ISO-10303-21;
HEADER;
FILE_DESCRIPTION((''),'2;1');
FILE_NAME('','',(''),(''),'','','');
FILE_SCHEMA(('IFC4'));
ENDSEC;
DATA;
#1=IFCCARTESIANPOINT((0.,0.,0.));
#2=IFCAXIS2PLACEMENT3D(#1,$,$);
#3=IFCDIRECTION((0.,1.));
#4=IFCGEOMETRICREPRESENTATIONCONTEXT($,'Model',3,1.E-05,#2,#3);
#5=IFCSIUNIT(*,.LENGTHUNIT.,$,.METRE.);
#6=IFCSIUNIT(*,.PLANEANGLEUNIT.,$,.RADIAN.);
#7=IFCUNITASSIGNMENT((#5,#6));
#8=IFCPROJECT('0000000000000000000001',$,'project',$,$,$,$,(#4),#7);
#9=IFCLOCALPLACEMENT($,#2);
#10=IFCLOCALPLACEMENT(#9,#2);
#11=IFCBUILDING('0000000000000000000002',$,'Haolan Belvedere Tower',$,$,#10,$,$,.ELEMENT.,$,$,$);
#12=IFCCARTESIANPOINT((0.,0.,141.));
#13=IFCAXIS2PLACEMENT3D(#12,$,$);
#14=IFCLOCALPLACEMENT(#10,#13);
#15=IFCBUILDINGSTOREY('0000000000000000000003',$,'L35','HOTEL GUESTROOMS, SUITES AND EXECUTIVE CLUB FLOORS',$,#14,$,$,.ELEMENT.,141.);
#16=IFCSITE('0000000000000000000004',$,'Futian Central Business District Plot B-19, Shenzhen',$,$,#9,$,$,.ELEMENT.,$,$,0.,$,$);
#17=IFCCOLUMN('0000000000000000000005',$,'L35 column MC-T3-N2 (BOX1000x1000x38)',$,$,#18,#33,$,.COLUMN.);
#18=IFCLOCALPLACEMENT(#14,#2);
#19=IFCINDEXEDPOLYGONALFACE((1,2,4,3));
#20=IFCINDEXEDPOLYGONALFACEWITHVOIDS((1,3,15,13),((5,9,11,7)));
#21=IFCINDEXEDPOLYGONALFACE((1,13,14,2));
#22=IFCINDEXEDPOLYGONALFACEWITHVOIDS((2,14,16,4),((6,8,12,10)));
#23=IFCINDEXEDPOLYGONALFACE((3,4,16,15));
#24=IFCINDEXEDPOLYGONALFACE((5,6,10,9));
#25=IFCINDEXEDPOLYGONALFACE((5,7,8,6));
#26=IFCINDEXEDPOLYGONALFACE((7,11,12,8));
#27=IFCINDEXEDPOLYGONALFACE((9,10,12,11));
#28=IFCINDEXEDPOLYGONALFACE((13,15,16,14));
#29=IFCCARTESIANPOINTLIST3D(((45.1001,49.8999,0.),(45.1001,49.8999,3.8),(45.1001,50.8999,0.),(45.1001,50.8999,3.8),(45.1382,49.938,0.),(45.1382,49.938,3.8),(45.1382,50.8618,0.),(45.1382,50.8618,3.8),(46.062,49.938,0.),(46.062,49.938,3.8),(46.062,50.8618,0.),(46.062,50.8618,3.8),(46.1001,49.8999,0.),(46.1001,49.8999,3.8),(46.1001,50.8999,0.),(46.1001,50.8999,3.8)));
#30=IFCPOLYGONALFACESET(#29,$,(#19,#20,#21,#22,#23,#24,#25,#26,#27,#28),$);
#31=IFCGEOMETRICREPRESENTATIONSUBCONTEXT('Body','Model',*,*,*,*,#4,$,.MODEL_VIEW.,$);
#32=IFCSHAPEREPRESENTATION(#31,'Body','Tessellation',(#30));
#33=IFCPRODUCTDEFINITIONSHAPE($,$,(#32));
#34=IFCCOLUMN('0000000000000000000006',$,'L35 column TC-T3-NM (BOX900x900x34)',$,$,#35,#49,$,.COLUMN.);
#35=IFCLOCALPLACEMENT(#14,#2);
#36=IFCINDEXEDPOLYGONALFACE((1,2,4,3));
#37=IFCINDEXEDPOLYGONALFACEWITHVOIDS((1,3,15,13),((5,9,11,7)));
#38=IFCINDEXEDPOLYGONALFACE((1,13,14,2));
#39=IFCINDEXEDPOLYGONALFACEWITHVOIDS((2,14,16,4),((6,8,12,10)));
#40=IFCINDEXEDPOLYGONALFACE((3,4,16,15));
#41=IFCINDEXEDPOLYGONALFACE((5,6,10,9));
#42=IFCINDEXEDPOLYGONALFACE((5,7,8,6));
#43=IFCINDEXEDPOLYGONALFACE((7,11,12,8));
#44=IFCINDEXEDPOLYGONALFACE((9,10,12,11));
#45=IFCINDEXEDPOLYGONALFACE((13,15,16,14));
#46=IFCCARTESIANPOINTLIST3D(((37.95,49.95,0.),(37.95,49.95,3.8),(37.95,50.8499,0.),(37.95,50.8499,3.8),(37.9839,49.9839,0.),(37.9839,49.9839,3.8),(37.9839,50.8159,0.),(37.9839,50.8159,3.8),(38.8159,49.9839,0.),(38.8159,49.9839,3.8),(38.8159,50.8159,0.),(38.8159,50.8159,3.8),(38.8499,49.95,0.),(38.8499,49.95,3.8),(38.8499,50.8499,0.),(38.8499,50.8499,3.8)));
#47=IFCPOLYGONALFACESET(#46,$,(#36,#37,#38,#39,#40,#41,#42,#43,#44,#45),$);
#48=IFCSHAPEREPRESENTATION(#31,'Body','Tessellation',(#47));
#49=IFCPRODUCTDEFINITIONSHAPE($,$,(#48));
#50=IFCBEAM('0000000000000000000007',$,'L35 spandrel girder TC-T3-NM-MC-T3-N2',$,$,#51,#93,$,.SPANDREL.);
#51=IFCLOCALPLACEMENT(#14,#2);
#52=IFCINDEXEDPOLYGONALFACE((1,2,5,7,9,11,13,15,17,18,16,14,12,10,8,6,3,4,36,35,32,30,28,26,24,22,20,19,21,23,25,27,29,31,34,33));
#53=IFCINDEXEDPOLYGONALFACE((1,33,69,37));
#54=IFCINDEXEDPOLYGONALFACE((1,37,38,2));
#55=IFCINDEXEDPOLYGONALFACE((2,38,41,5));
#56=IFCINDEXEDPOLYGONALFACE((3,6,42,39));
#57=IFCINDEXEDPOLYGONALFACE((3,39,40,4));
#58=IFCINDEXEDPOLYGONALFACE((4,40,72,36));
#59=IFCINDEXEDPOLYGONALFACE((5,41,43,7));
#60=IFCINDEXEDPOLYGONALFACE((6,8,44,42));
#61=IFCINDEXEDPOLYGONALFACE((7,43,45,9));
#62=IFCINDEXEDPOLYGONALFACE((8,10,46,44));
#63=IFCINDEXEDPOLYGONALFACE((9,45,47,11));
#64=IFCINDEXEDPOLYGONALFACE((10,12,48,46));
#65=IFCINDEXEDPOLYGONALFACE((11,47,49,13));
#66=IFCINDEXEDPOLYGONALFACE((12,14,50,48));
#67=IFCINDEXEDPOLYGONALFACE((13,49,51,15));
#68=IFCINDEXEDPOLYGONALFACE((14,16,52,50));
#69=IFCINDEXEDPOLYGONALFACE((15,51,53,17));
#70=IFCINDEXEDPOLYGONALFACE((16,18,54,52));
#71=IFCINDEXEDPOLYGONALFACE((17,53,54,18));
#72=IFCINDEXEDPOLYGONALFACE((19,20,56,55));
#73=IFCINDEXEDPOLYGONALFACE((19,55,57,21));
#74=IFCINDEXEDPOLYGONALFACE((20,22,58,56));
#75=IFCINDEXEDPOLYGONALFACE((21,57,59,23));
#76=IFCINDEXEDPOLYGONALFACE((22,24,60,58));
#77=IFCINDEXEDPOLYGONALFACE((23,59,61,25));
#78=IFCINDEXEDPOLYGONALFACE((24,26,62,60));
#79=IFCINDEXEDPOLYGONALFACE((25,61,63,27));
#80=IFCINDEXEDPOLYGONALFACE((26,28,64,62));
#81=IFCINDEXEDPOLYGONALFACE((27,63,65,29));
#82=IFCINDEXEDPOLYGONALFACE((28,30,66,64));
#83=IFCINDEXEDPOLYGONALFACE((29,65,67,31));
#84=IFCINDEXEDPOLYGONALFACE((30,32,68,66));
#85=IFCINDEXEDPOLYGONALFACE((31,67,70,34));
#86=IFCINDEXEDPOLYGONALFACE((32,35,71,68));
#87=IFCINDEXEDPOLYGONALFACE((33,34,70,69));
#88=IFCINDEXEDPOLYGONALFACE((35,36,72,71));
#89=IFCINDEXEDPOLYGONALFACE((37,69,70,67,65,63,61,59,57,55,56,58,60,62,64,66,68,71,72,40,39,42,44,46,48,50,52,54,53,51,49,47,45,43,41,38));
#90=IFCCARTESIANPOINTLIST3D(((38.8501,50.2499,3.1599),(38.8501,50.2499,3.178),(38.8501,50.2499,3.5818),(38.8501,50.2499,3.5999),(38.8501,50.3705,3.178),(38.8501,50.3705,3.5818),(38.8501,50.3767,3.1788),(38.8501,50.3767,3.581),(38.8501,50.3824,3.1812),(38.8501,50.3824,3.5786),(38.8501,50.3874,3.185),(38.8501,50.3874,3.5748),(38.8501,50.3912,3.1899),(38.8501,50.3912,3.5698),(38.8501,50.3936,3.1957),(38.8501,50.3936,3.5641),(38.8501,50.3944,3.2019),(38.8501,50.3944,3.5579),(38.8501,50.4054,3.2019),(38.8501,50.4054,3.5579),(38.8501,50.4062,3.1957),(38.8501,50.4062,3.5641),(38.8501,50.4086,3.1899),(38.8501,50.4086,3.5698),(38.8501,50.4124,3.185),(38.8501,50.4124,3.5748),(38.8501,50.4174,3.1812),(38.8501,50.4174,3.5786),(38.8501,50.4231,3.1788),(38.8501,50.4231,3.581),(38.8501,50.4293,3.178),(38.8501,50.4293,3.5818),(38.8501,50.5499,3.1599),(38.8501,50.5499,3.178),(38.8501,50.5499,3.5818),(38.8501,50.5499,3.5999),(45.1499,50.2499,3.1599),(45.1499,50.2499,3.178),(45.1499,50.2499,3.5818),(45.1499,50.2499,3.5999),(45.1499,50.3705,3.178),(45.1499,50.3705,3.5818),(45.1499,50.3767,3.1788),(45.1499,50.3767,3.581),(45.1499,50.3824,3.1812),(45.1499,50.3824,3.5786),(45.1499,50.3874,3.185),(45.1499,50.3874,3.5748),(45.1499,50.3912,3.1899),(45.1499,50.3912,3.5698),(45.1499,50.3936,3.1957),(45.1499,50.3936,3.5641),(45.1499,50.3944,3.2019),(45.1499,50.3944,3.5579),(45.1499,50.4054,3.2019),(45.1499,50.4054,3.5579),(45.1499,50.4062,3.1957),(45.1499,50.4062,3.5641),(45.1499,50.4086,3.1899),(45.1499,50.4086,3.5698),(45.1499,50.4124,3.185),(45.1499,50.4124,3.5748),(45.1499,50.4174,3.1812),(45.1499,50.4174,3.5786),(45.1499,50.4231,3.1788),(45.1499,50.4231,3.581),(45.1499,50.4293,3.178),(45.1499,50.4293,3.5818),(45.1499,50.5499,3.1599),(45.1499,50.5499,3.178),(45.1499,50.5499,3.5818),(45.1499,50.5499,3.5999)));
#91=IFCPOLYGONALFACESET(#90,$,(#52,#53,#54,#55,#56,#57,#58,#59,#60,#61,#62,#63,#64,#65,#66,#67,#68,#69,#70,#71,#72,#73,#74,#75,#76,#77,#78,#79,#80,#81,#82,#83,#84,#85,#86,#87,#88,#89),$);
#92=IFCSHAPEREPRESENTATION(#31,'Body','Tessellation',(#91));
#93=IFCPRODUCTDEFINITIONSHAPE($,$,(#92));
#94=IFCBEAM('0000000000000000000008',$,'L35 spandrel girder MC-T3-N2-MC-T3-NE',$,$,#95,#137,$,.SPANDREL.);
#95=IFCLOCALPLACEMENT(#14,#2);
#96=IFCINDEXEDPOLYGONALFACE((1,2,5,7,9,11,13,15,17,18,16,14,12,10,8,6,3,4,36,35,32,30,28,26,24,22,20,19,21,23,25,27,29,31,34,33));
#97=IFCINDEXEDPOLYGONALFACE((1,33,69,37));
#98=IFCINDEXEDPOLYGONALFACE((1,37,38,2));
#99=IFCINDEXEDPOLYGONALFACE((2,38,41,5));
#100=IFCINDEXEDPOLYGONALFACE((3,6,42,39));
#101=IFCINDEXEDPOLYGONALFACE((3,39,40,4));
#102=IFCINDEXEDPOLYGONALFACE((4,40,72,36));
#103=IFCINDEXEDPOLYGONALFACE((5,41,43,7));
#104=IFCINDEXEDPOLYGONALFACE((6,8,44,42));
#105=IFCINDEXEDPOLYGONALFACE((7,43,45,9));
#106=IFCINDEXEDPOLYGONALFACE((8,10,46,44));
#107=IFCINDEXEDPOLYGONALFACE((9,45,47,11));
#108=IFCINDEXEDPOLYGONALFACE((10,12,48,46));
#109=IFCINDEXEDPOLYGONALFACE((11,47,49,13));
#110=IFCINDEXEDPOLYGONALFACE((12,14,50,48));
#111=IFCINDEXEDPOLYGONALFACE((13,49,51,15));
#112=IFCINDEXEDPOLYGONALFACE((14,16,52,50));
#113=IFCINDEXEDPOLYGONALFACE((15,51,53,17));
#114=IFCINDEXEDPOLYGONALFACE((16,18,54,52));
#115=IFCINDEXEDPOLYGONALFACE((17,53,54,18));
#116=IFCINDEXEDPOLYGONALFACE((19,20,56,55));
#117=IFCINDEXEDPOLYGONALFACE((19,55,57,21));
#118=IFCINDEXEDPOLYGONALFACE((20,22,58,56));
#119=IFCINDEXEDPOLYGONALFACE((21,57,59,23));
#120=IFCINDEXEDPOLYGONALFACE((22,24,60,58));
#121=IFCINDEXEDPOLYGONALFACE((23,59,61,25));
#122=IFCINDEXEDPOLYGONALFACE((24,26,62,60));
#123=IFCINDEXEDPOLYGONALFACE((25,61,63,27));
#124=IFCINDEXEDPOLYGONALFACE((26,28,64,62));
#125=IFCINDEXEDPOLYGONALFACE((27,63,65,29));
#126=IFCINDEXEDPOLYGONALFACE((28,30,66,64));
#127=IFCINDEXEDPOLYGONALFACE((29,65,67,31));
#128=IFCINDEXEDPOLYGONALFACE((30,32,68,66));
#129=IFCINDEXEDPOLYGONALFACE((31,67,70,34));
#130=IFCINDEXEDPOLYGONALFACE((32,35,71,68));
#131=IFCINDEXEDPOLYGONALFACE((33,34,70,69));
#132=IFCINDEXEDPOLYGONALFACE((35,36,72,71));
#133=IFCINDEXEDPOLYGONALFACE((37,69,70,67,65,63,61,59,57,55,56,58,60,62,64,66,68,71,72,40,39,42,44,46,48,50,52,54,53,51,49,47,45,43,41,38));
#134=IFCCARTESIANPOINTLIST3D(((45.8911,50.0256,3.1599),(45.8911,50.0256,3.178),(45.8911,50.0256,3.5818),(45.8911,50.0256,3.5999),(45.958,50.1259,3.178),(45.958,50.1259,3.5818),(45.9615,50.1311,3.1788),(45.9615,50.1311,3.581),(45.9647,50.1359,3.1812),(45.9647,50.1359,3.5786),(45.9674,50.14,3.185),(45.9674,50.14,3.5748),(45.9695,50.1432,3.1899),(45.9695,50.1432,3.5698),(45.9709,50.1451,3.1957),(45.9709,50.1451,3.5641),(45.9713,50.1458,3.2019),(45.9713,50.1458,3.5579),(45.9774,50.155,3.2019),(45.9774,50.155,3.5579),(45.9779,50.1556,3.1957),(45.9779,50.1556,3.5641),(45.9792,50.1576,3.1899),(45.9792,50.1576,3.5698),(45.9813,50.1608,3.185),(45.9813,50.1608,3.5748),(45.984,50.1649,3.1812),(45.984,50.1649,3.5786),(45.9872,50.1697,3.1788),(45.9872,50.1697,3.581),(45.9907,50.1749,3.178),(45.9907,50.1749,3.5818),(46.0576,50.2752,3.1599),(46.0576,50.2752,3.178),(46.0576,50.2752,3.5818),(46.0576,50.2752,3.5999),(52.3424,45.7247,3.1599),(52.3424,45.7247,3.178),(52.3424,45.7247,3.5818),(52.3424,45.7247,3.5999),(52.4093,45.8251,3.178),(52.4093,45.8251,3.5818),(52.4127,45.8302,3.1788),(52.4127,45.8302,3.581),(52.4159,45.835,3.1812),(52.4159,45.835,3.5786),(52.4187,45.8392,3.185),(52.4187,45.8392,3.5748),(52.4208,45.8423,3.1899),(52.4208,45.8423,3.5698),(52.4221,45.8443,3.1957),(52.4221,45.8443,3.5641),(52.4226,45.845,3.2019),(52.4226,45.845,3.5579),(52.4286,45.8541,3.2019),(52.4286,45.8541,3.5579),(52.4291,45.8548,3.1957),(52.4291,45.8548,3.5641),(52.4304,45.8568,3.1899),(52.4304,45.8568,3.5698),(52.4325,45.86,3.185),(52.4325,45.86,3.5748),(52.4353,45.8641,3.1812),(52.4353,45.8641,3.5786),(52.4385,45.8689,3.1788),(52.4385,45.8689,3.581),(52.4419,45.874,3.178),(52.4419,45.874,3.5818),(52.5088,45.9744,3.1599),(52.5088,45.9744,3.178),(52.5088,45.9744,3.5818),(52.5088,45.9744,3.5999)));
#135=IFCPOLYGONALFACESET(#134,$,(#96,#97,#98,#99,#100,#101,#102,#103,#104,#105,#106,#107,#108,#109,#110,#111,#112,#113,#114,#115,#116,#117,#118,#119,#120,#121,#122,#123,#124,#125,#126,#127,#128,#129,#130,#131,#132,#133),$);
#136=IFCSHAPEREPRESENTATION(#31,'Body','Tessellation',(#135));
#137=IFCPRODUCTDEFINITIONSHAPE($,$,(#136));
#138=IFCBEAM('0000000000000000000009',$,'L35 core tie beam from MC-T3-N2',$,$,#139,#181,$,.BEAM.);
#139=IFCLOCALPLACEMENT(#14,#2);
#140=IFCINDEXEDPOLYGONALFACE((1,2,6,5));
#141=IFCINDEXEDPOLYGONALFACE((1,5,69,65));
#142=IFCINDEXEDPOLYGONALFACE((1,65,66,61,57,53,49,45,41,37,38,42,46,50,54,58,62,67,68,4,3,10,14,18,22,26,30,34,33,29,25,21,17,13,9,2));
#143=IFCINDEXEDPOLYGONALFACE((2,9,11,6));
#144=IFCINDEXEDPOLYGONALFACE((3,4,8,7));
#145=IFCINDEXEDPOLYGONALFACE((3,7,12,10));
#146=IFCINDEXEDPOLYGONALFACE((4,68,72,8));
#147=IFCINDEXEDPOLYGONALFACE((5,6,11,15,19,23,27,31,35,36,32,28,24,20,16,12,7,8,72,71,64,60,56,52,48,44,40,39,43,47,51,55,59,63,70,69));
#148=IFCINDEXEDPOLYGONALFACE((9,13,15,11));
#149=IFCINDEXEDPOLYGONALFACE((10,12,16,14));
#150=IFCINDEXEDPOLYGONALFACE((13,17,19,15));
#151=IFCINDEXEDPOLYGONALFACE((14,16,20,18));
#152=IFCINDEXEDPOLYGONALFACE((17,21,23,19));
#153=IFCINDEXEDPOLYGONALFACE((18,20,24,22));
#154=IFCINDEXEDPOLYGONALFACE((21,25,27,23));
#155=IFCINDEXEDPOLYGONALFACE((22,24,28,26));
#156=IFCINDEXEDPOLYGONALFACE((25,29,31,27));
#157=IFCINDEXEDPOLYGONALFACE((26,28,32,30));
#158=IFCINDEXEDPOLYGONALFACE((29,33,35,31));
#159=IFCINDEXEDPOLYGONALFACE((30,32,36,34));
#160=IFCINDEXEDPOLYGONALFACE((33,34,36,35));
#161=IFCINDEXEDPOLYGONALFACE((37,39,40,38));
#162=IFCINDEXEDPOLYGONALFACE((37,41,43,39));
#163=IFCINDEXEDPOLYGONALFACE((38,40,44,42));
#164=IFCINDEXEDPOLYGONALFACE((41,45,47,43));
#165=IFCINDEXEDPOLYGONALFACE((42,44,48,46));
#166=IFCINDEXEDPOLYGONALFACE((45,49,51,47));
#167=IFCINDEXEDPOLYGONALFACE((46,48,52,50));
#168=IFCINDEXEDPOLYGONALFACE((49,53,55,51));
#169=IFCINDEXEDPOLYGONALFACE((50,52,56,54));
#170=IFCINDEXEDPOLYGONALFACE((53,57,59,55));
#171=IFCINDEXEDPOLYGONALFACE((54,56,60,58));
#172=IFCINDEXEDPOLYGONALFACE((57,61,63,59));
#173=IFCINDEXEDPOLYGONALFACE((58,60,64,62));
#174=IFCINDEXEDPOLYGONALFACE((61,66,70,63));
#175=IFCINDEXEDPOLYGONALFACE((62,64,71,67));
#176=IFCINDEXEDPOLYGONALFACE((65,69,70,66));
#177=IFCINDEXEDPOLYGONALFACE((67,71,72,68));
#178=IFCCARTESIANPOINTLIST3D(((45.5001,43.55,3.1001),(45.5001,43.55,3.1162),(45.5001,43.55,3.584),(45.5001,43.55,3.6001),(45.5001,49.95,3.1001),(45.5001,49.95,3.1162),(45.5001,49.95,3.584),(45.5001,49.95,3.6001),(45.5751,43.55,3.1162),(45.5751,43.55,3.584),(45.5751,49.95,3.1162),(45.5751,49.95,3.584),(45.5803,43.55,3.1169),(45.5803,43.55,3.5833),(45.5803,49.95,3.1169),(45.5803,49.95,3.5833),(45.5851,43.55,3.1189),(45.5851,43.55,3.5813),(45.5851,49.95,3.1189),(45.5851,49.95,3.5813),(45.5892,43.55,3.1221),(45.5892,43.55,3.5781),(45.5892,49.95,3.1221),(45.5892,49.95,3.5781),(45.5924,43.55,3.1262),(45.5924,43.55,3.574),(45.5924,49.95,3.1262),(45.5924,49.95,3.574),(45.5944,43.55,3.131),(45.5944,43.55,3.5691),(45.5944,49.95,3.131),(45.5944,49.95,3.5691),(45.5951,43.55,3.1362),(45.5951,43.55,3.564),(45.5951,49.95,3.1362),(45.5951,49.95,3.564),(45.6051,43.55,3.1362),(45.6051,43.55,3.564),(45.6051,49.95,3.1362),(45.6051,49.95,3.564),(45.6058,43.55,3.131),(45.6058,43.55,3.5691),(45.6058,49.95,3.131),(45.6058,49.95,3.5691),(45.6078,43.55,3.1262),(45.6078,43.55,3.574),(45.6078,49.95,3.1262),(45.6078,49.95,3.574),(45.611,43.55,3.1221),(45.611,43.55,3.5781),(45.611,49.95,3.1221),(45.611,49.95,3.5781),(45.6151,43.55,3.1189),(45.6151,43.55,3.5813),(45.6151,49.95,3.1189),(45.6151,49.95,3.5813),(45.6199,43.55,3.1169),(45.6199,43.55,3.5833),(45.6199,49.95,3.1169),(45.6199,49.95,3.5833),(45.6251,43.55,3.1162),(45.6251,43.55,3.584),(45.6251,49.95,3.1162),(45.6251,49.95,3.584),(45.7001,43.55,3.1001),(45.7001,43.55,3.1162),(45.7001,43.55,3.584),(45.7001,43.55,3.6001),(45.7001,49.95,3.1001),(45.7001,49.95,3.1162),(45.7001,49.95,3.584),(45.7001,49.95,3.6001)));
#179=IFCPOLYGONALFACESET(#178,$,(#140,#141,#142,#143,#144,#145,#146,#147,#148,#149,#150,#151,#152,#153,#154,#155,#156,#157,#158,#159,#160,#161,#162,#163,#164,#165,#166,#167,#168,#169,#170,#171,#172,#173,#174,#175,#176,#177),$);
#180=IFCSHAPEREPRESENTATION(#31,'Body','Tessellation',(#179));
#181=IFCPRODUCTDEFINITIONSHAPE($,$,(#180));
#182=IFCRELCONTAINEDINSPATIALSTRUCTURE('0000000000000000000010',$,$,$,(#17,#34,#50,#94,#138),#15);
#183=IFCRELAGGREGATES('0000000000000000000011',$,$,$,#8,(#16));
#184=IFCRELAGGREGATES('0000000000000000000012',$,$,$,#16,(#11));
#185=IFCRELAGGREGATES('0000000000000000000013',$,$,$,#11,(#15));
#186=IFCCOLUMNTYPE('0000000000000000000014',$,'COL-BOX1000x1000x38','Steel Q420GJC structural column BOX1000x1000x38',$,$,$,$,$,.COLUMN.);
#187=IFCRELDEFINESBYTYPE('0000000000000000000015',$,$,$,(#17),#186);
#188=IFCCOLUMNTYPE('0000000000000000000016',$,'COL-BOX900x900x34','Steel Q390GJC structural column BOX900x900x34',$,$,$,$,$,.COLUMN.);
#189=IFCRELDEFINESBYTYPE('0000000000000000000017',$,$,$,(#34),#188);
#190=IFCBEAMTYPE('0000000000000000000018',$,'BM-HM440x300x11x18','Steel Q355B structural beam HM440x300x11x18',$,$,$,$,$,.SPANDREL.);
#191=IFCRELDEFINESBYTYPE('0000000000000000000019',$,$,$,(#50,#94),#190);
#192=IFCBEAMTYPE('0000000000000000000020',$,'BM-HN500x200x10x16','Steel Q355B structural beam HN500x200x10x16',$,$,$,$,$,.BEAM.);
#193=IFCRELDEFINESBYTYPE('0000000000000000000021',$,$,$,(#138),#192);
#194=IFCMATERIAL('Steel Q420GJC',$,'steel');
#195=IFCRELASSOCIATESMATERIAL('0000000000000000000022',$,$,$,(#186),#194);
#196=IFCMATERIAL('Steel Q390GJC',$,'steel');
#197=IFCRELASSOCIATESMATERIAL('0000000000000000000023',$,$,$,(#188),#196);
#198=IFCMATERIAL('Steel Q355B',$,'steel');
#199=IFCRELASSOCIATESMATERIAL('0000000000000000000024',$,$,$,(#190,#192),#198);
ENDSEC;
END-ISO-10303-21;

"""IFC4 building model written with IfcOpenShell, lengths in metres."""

from ifc_helpers import new_model, si_unit, direction, frame, origin, origin_2d, place, context, subcontext, project, spatial, hollow_rectangle, i_section, extrude, material, material_profile, profile_set, type_object, element, save


model = new_model("IFC4")

# Units and contexts
model_context = context("Model", 3, precision=1e-05, world=origin(), true_north=direction((0.0, 1.0)))
body_context = subcontext(model_context, "Body", "Model", "MODEL_VIEW")
ifc_project = project(units=[si_unit("LENGTHUNIT", "METRE"), si_unit("PLANEANGLEUNIT", "RADIAN")], contexts=[model_context])

# Site, building, storey
site_placement = place(None, origin())
site = spatial("IfcSite", under=ifc_project, at=site_placement, Name="Futian Central Business District Plot B-19, Shenzhen", CompositionType="ELEMENT", RefElevation=0.0)
building_placement = place(site_placement, origin())
building = spatial("IfcBuilding", under=site, at=building_placement, Name="Haolan Belvedere Tower", CompositionType="ELEMENT")
storey_placement = place(building_placement, frame((0.0, 0.0, 141.0)))
storey = spatial("IfcBuildingStorey", under=building, at=storey_placement, Name="L35", Description="HOTEL GUESTROOMS, SUITES AND EXECUTIVE CLUB FLOORS", CompositionType="ELEMENT", Elevation=141.0)

# Columns
ifc_material_1 = material(Name="Steel Q420GJC", Category="steel")
ifc_material_profile_1 = material_profile(ifc_material_1, hollow_rectangle(XDim=1.0, YDim=1.0, WallThickness=0.0381, at=origin_2d()), Name="Steel Q420GJC")
ifc_profile_set_1 = profile_set([ifc_material_profile_1], Name="Steel Q420GJC")
column_type_1 = type_object("IfcColumnType", Name="COL-BOX1000x1000x38", Description="Steel Q420GJC structural column BOX1000x1000x38", PredefinedType="COLUMN", material=ifc_profile_set_1)
column_1_placement = place(storey_placement, frame((45.6001, 50.3999, 0.0), z_axis=(0.0, 0.0, 1.0), x_axis=(1.0, 0.0, 0.0)))
element("IfcColumn", 1, at=column_1_placement, inside=storey, type_object=column_type_1, Name="L35 column MC-T3-N2 (BOX1000x1000x38)", PredefinedType="COLUMN", context=body_context, shape_type="SweptSolid", body=[
    extrude(hollow_rectangle(XDim=1.0, YDim=1.0, WallThickness=0.0381, at=origin_2d()), origin(), (0.0, 0.0, 1.0), 3.8),
])
ifc_material_2 = material(Name="Steel Q390GJC", Category="steel")
ifc_material_profile_2 = material_profile(ifc_material_2, hollow_rectangle(XDim=0.8999, YDim=0.8999, WallThickness=0.0339, at=origin_2d()), Name="Steel Q390GJC")
ifc_profile_set_2 = profile_set([ifc_material_profile_2], Name="Steel Q390GJC")
column_type_2 = type_object("IfcColumnType", Name="COL-BOX900x900x34", Description="Steel Q390GJC structural column BOX900x900x34", PredefinedType="COLUMN", material=ifc_profile_set_2)
column_2_placement = place(storey_placement, frame((38.3999, 50.3999, 0.0), z_axis=(0.0, 0.0, 1.0), x_axis=(1.0, 0.0, 0.0)))
element("IfcColumn", 2, at=column_2_placement, inside=storey, type_object=column_type_2, Name="L35 column TC-T3-NM (BOX900x900x34)", PredefinedType="COLUMN", context=body_context, shape_type="SweptSolid", body=[
    extrude(hollow_rectangle(XDim=0.8999, YDim=0.8999, WallThickness=0.0339, at=origin_2d()), origin(), (0.0, 0.0, 1.0), 3.8),
])

# Beams
ifc_material_3 = material(Name="Steel Q355B", Category="steel")
ifc_material_profile_3 = material_profile(ifc_material_3, i_section(OverallWidth=0.3, OverallDepth=0.4399, WebThickness=0.011, FlangeThickness=0.0181, FilletRadius=0.0239, at=origin_2d()), Name="Steel Q355B")
ifc_profile_set_3 = profile_set([ifc_material_profile_3], Name="Steel Q355B")
beam_type_1 = type_object("IfcBeamType", Name="BM-HM440x300x11x18", Description="Steel Q355B structural beam HM440x300x11x18", PredefinedType="SPANDREL", material=ifc_profile_set_3)
beam_1_placement = place(storey_placement, frame((38.8501, 50.3999, 3.3799), z_axis=(1.0, 0.0, 0.0), x_axis=(0.0, 1.0, 0.0)))
element("IfcBeam", 3, at=beam_1_placement, inside=storey, type_object=beam_type_1, Name="L35 spandrel girder TC-T3-NM-MC-T3-N2", PredefinedType="SPANDREL", context=body_context, shape_type="SweptSolid", body=[
    extrude(i_section(OverallWidth=0.3, OverallDepth=0.4399, WebThickness=0.011, FlangeThickness=0.0181, FilletRadius=0.0239, at=origin_2d()), origin(), (0.0, 0.0, 1.0), 6.2998),
])
beam_2_placement = place(storey_placement, frame((45.9744, 50.1504, 3.3799), z_axis=(0.83205, -0.5547, 0.0), x_axis=(0.5547, 0.83205, 0.0)))
element("IfcBeam", 4, at=beam_2_placement, inside=storey, type_object=beam_type_1, Name="L35 spandrel girder MC-T3-N2-MC-T3-NE", PredefinedType="SPANDREL", context=body_context, shape_type="SweptSolid", body=[
    extrude(i_section(OverallWidth=0.3, OverallDepth=0.4399, WebThickness=0.011, FlangeThickness=0.0181, FilletRadius=0.0239, at=origin_2d()), origin(), (0.0, 0.0, 1.0), 7.7534),
])
ifc_material_profile_4 = material_profile(ifc_material_3, i_section(OverallWidth=0.2, OverallDepth=0.5, WebThickness=0.01, FlangeThickness=0.0161, FilletRadius=0.02, at=origin_2d()), Name="Steel Q355B")
ifc_profile_set_4 = profile_set([ifc_material_profile_4], Name="Steel Q355B")
beam_type_2 = type_object("IfcBeamType", Name="BM-HN500x200x10x16", Description="Steel Q355B structural beam HN500x200x10x16", PredefinedType="BEAM", material=ifc_profile_set_4)
beam_3_placement = place(storey_placement, frame((45.6001, 49.95, 3.3501), z_axis=(0.0, -1.0, 0.0), x_axis=(1.0, 0.0, 0.0)))
element("IfcBeam", 5, at=beam_3_placement, inside=storey, type_object=beam_type_2, Name="L35 core tie beam from MC-T3-N2", PredefinedType="BEAM", context=body_context, shape_type="SweptSolid", body=[
    extrude(i_section(OverallWidth=0.2, OverallDepth=0.5, WebThickness=0.01, FlangeThickness=0.0161, FilletRadius=0.02, at=origin_2d()), origin(), (0.0, 0.0, 1.0), 6.3999),
])

save(model, "model.ifc")
